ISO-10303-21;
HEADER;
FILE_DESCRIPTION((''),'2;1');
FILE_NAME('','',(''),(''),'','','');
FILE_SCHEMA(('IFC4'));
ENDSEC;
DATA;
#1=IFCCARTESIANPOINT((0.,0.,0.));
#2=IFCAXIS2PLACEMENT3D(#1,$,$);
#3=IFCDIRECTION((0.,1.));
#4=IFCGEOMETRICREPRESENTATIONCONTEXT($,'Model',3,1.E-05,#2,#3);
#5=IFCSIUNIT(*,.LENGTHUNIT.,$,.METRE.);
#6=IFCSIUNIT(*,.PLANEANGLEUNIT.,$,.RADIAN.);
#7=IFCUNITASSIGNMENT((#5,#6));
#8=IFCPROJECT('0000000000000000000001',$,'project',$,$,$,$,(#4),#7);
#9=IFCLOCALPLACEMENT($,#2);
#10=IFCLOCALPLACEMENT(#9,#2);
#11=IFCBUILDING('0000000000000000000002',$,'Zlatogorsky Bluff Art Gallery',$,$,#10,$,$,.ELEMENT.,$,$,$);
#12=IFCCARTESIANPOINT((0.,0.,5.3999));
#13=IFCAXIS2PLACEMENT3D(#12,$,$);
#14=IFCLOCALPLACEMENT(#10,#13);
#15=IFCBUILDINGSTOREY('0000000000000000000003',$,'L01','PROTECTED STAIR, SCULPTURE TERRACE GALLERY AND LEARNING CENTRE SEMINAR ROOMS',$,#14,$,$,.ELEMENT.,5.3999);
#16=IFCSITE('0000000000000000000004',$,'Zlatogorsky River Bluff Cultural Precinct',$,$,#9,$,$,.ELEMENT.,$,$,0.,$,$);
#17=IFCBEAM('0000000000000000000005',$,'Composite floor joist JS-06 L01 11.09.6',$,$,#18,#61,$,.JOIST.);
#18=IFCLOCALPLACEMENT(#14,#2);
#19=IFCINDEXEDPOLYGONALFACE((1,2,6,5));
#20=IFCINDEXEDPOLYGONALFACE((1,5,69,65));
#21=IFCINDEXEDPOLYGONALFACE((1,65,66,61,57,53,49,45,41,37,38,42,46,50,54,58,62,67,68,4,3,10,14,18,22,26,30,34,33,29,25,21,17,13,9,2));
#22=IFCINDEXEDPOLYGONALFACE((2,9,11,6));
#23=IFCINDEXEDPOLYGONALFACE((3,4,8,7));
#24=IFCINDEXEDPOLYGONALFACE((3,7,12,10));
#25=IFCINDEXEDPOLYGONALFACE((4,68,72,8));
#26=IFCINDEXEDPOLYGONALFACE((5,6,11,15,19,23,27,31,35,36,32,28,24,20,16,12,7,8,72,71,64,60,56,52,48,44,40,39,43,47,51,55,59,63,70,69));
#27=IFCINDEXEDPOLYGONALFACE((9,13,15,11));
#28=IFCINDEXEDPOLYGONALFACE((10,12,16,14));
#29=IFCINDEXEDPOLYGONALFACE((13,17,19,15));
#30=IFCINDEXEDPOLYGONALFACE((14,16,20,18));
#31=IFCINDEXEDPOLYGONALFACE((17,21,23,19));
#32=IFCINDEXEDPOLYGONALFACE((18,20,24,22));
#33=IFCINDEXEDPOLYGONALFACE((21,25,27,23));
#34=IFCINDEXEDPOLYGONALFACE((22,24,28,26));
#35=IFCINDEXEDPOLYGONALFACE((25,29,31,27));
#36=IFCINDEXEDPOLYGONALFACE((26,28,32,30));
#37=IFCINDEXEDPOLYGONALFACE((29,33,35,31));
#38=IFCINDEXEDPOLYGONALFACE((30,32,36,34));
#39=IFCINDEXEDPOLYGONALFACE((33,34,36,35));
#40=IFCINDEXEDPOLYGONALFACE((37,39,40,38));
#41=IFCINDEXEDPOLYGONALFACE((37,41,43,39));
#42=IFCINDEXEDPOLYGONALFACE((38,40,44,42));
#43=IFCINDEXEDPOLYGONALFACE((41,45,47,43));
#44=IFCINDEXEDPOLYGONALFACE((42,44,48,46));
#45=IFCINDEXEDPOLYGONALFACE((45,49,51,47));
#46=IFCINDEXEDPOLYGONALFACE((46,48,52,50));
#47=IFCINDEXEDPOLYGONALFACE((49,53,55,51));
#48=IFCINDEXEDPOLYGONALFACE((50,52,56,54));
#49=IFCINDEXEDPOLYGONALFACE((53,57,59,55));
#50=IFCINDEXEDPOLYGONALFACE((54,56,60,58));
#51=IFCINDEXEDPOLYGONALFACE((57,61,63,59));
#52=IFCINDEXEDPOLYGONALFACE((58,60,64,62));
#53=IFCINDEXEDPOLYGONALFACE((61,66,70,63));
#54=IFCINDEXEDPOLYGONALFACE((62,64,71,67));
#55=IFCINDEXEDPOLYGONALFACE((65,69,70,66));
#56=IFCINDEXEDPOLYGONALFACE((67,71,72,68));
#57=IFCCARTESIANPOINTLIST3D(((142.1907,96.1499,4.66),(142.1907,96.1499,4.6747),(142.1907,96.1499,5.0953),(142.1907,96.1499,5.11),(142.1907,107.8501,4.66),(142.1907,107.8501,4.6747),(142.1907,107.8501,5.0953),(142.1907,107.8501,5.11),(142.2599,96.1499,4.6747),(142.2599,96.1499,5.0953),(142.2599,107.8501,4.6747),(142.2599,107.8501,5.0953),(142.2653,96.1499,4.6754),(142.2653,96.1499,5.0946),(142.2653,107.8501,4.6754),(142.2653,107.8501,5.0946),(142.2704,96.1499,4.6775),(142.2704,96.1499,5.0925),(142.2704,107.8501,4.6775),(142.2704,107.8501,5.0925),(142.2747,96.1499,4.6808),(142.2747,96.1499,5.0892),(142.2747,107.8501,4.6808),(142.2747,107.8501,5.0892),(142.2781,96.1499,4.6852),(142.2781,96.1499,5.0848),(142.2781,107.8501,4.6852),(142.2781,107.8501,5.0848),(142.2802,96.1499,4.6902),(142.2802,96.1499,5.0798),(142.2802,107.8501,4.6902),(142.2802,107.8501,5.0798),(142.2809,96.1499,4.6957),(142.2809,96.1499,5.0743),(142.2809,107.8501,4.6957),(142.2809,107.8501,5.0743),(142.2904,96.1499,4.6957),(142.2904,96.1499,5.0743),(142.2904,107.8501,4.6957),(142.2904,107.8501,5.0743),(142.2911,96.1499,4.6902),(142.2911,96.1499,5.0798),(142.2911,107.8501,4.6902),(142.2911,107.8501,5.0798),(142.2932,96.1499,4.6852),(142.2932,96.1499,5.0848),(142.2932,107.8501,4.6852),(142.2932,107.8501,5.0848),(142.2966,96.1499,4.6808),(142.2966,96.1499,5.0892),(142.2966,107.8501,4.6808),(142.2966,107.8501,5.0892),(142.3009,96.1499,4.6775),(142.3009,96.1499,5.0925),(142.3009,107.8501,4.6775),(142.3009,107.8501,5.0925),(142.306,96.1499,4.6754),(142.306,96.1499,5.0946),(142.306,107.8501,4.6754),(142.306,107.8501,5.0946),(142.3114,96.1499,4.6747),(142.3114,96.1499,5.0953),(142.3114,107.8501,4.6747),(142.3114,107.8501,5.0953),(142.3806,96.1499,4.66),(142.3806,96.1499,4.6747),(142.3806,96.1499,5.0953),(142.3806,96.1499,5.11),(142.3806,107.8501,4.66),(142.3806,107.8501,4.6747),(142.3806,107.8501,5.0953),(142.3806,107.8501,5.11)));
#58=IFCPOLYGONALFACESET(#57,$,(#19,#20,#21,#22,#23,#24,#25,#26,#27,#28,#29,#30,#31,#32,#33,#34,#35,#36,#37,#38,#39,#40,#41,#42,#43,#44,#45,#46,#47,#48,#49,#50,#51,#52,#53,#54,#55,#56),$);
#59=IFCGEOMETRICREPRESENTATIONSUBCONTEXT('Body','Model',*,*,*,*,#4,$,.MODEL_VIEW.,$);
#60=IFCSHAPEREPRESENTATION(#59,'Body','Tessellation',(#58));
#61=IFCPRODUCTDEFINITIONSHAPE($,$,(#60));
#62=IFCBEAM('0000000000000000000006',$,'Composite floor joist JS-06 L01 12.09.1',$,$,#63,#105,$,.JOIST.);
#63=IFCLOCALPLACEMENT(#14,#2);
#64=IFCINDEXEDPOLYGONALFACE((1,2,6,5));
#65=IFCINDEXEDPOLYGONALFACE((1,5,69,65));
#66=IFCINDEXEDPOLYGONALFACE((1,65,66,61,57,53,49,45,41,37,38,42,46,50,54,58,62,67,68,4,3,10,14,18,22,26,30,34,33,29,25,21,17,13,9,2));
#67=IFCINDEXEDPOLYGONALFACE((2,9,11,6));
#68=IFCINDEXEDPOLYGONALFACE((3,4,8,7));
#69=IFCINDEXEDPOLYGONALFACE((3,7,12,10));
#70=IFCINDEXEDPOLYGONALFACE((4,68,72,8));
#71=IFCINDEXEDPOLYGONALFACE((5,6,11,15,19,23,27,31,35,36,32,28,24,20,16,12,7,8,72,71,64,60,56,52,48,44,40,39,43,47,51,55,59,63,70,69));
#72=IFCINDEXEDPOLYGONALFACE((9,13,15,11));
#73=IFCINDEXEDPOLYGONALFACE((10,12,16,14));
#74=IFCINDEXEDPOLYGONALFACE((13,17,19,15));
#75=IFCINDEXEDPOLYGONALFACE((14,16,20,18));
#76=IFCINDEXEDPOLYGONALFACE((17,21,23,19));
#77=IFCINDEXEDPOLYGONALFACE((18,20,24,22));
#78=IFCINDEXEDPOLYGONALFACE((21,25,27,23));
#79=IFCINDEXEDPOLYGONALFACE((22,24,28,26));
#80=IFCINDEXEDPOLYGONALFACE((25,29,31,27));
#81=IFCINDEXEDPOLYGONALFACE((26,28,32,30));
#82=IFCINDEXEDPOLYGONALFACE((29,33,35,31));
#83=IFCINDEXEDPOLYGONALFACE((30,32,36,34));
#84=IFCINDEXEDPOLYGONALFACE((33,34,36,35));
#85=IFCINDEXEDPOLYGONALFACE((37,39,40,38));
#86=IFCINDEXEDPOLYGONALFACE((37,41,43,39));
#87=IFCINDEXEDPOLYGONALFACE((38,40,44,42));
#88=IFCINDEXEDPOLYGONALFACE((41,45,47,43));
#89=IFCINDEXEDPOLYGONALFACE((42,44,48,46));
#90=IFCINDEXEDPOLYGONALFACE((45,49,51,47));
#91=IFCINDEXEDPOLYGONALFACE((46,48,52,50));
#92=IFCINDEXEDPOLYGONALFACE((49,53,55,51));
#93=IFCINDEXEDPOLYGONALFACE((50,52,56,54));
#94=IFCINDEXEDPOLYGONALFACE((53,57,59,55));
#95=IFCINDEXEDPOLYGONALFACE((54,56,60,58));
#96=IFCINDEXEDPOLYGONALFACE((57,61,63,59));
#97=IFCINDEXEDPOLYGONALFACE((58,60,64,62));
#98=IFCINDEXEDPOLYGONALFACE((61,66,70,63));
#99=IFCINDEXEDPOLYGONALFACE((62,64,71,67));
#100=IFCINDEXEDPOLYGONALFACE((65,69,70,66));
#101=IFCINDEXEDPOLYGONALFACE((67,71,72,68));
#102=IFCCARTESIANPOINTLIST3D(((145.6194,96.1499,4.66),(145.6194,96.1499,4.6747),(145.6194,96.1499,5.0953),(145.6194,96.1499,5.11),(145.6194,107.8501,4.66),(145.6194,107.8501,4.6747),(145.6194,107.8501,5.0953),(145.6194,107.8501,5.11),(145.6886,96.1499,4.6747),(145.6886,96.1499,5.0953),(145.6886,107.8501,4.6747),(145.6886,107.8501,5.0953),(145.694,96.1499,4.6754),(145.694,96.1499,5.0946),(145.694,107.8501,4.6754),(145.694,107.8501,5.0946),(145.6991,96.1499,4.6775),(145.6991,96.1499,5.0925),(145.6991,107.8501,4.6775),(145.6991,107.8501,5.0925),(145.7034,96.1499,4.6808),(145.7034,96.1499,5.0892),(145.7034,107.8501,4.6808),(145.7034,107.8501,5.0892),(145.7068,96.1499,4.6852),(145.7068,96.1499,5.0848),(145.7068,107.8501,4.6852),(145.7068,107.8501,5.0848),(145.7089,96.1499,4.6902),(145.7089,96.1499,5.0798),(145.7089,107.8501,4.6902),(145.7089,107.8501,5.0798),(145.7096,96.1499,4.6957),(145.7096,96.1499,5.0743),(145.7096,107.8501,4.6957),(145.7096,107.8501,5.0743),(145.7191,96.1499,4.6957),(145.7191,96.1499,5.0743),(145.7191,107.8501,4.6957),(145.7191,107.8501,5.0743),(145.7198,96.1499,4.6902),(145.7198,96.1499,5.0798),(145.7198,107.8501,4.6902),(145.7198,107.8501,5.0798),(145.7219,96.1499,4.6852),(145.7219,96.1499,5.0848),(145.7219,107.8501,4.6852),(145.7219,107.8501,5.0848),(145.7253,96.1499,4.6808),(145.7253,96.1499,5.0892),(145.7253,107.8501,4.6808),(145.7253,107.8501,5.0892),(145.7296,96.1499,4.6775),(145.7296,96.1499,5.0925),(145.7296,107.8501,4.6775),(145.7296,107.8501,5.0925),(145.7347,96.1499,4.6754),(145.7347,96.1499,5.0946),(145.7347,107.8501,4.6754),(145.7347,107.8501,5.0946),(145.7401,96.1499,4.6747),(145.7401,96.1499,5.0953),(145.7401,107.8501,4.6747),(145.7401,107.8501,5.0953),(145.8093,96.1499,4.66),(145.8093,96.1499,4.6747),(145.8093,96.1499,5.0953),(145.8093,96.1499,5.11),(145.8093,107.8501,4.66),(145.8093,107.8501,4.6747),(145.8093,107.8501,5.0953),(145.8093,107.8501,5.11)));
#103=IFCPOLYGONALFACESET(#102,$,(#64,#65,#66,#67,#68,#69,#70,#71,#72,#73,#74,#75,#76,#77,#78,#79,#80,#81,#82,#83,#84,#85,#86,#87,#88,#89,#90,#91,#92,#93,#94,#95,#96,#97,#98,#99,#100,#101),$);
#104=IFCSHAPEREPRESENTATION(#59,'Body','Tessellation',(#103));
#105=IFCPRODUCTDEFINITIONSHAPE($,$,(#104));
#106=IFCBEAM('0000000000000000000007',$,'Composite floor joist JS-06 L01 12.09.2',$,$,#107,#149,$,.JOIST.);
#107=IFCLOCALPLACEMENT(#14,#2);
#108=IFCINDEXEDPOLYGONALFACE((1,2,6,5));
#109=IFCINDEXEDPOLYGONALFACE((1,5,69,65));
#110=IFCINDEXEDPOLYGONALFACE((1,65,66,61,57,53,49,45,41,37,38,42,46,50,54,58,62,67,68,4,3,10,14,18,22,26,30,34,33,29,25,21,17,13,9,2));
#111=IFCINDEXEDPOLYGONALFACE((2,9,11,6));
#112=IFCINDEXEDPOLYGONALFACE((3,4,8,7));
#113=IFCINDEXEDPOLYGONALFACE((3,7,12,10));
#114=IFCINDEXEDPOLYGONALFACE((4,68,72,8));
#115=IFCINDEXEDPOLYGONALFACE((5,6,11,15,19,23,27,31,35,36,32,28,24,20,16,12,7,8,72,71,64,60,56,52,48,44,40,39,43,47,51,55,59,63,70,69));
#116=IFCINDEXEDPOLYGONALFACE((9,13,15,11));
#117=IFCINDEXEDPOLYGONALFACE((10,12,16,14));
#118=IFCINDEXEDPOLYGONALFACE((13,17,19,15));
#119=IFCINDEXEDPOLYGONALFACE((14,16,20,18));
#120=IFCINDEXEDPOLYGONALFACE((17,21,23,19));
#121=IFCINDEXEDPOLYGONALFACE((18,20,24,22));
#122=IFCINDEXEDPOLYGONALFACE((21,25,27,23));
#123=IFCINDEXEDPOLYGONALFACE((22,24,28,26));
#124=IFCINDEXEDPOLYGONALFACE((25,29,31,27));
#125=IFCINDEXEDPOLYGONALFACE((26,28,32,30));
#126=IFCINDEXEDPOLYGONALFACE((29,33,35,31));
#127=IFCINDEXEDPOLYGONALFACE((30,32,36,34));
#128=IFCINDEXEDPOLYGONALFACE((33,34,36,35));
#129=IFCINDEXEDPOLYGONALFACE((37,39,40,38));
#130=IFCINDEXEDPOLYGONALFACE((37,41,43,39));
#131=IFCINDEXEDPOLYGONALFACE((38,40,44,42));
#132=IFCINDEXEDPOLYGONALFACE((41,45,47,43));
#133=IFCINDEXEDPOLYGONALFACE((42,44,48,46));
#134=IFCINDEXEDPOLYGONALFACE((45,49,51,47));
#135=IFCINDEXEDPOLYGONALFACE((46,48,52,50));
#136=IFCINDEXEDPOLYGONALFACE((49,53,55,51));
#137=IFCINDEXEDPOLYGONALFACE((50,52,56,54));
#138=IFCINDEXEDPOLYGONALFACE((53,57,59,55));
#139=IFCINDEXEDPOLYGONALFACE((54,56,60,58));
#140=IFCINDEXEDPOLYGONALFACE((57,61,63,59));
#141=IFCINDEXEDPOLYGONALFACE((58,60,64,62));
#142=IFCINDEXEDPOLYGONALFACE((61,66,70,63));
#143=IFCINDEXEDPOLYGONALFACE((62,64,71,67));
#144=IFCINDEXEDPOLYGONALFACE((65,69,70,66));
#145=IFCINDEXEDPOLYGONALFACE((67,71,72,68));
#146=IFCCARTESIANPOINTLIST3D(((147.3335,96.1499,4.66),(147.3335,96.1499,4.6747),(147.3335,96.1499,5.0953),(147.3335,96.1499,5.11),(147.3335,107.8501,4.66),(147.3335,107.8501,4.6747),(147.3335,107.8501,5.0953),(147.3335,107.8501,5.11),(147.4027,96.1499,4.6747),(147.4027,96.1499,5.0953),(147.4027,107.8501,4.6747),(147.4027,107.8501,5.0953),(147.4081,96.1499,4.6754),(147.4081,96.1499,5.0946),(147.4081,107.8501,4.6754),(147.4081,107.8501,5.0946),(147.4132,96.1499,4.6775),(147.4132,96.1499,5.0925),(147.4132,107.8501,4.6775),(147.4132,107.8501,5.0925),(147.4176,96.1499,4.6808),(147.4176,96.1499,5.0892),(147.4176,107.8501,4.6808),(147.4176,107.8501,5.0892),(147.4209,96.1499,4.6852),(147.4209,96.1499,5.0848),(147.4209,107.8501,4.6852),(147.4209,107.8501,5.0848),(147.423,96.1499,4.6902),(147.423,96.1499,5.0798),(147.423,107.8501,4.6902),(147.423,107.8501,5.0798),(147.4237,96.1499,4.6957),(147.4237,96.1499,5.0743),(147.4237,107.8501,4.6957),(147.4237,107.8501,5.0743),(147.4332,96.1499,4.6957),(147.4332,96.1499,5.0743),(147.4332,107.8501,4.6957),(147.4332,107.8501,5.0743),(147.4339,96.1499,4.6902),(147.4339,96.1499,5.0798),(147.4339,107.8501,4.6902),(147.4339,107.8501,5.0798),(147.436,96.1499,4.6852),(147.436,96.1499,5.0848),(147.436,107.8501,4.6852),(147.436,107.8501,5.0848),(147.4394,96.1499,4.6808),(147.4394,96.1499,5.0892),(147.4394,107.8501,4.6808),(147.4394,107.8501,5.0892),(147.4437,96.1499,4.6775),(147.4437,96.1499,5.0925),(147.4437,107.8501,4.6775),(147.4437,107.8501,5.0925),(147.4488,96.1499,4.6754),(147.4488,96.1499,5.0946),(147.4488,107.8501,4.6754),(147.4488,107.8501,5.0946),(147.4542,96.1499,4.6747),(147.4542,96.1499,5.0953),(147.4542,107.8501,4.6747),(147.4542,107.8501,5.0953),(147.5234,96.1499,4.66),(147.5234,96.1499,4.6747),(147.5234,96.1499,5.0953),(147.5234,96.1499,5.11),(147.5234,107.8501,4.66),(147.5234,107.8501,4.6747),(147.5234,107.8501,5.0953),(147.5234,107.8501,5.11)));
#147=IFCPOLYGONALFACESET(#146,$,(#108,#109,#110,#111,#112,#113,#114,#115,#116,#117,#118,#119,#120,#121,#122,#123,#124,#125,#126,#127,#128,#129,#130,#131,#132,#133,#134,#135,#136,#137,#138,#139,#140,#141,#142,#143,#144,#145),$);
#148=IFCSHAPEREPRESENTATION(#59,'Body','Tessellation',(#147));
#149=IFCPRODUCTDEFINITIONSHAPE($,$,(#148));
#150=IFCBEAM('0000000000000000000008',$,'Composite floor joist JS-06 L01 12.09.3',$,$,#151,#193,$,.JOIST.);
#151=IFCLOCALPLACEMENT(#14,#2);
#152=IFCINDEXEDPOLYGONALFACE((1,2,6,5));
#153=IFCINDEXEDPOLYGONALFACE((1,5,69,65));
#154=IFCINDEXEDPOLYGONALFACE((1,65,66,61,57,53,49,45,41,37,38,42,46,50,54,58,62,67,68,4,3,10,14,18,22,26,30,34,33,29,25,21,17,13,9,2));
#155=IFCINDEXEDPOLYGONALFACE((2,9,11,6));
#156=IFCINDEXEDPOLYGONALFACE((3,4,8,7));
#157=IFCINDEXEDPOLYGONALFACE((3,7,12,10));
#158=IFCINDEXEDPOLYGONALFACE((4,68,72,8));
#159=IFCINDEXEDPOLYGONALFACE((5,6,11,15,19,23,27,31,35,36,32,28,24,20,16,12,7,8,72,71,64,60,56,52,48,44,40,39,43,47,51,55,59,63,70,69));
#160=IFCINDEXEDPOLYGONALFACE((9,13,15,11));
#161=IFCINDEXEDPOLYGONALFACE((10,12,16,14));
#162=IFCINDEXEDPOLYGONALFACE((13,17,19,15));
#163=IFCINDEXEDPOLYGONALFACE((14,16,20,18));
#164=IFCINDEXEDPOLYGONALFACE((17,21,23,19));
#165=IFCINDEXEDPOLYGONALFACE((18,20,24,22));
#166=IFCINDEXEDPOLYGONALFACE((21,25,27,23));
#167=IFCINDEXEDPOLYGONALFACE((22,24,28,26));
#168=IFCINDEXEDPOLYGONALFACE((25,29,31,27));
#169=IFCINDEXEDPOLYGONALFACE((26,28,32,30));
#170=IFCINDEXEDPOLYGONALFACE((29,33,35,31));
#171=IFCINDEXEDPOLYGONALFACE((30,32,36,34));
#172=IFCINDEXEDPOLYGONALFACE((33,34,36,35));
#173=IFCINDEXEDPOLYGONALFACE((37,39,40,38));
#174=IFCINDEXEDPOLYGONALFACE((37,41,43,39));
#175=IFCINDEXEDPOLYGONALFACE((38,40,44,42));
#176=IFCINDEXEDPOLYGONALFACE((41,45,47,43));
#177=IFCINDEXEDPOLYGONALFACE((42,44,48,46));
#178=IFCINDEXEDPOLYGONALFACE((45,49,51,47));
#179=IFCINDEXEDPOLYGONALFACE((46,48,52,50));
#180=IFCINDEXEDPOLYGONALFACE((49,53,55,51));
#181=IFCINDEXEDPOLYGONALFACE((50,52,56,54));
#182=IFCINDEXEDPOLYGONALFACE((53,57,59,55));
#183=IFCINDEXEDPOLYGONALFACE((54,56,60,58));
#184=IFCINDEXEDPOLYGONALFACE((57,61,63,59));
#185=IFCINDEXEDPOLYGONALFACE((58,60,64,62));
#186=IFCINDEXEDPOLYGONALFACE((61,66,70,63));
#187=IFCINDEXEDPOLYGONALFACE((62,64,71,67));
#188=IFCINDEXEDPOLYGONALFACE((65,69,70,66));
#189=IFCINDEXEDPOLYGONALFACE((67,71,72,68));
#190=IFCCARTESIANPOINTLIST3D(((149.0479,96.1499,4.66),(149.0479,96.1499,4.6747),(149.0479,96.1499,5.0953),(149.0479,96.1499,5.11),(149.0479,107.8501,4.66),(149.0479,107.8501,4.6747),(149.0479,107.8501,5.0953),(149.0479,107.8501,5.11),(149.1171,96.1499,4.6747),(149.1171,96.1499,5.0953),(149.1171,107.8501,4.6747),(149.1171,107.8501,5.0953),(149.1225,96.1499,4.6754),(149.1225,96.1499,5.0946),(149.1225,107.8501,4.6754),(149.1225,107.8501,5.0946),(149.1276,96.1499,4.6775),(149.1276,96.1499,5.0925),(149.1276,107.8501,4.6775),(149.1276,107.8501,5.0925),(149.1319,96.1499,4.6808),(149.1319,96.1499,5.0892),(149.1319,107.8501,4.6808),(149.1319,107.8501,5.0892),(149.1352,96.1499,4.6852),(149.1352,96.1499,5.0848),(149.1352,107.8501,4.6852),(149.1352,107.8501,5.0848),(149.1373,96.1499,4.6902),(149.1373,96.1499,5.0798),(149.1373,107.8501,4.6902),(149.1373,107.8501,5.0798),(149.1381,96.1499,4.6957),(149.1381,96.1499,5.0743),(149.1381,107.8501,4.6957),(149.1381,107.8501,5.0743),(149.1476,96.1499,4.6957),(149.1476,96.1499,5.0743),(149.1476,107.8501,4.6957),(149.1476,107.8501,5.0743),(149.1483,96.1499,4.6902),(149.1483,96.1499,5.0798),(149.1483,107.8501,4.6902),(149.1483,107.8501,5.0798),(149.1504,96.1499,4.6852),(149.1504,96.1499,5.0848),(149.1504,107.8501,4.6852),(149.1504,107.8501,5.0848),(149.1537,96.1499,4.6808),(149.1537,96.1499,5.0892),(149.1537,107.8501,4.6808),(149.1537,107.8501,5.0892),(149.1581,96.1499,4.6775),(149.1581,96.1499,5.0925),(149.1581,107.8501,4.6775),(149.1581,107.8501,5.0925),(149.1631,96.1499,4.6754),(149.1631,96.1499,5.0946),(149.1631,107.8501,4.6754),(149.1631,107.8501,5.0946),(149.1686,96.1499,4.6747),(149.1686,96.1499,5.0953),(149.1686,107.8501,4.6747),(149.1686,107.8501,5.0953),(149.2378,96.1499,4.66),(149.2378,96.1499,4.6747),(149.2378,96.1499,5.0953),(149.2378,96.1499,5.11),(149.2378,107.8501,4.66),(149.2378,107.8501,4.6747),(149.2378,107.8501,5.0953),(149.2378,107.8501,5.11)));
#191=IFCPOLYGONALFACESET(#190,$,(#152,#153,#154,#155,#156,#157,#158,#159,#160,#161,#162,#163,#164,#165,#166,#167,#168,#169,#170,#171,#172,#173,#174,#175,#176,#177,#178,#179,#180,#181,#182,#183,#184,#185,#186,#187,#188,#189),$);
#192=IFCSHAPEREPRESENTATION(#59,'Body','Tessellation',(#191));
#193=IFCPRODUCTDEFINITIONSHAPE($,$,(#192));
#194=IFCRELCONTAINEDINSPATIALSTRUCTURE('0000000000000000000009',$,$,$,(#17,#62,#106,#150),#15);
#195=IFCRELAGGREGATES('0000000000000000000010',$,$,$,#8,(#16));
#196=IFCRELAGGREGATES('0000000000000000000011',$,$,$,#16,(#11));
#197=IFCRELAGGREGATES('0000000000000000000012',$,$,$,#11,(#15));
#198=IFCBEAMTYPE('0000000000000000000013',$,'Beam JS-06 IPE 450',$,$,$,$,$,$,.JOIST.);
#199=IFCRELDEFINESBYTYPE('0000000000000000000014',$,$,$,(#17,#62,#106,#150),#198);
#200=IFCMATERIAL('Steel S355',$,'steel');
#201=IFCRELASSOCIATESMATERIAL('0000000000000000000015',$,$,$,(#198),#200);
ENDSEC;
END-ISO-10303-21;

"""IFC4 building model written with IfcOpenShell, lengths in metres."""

from ifc_helpers import new_model, si_unit, direction, frame, origin, origin_2d, place, context, subcontext, project, spatial, i_section, extrude, material, material_profile, profile_set, type_object, element, save


model = new_model("IFC4")

# Units and contexts
model_context = context("Model", 3, precision=1e-05, world=origin(), true_north=direction((0.0, 1.0)))
body_context = subcontext(model_context, "Body", "Model", "MODEL_VIEW")
ifc_project = project(units=[si_unit("LENGTHUNIT", "METRE"), si_unit("PLANEANGLEUNIT", "RADIAN")], contexts=[model_context])

# Site, building, storey
site_placement = place(None, origin())
site = spatial("IfcSite", under=ifc_project, at=site_placement, Name="Zlatogorsky River Bluff Cultural Precinct", CompositionType="ELEMENT", RefElevation=0.0)
building_placement = place(site_placement, origin())
building = spatial("IfcBuilding", under=site, at=building_placement, Name="Zlatogorsky Bluff Art Gallery", CompositionType="ELEMENT")
storey_placement = place(building_placement, frame((0.0, 0.0, 5.3999)))
storey = spatial("IfcBuildingStorey", under=building, at=storey_placement, Name="L01", Description="PROTECTED STAIR, SCULPTURE TERRACE GALLERY AND LEARNING CENTRE SEMINAR ROOMS", CompositionType="ELEMENT", Elevation=5.3999)

# Shared definitions
ifc_material_1 = material(Name="Steel S355", Category="steel")

# Beams
ifc_material_profile_1 = material_profile(ifc_material_1, i_section(OverallWidth=0.1899, OverallDepth=0.45, WebThickness=0.0095, FlangeThickness=0.0146, FilletRadius=0.021, at=origin_2d()), Name="IPE 450")
ifc_profile_set_1 = profile_set([ifc_material_profile_1], Name="Steel S355")
beam_type_1 = type_object("IfcBeamType", Name="Beam JS-06 IPE 450", PredefinedType="JOIST", material=ifc_profile_set_1)
for number, where, z_axis, x_axis, name in (
    (1, (142.2856, 96.1499, 4.885), (0.0, 1.0, 0.0), (-1.0, 0.0, 0.0), "Composite floor joist JS-06 L01 11.09.6"),
    (2, (145.7144, 96.1499, 4.885), (0.0, 1.0, 0.0), (-1.0, 0.0, 0.0), "Composite floor joist JS-06 L01 12.09.1"),
    (3, (147.4285, 96.1499, 4.885), (0.0, 1.0, 0.0), (-1.0, 0.0, 0.0), "Composite floor joist JS-06 L01 12.09.2"),
    (4, (149.1428, 96.1499, 4.885), (0.0, 1.0, 0.0), (-1.0, 0.0, 0.0), "Composite floor joist JS-06 L01 12.09.3"),
):
    element("IfcBeam", number, at=place(storey_placement, frame(where, z_axis=z_axis, x_axis=x_axis)), inside=storey, type_object=beam_type_1, Name=name, PredefinedType="JOIST", context=body_context, shape_type="SweptSolid", body=[
        extrude(i_section(OverallWidth=0.1899, OverallDepth=0.45, WebThickness=0.0095, FlangeThickness=0.0146, FilletRadius=0.021, at=origin_2d()), origin(), (0.0, 0.0, 1.0), 11.7002),
    ])

save(model, "model.ifc")
